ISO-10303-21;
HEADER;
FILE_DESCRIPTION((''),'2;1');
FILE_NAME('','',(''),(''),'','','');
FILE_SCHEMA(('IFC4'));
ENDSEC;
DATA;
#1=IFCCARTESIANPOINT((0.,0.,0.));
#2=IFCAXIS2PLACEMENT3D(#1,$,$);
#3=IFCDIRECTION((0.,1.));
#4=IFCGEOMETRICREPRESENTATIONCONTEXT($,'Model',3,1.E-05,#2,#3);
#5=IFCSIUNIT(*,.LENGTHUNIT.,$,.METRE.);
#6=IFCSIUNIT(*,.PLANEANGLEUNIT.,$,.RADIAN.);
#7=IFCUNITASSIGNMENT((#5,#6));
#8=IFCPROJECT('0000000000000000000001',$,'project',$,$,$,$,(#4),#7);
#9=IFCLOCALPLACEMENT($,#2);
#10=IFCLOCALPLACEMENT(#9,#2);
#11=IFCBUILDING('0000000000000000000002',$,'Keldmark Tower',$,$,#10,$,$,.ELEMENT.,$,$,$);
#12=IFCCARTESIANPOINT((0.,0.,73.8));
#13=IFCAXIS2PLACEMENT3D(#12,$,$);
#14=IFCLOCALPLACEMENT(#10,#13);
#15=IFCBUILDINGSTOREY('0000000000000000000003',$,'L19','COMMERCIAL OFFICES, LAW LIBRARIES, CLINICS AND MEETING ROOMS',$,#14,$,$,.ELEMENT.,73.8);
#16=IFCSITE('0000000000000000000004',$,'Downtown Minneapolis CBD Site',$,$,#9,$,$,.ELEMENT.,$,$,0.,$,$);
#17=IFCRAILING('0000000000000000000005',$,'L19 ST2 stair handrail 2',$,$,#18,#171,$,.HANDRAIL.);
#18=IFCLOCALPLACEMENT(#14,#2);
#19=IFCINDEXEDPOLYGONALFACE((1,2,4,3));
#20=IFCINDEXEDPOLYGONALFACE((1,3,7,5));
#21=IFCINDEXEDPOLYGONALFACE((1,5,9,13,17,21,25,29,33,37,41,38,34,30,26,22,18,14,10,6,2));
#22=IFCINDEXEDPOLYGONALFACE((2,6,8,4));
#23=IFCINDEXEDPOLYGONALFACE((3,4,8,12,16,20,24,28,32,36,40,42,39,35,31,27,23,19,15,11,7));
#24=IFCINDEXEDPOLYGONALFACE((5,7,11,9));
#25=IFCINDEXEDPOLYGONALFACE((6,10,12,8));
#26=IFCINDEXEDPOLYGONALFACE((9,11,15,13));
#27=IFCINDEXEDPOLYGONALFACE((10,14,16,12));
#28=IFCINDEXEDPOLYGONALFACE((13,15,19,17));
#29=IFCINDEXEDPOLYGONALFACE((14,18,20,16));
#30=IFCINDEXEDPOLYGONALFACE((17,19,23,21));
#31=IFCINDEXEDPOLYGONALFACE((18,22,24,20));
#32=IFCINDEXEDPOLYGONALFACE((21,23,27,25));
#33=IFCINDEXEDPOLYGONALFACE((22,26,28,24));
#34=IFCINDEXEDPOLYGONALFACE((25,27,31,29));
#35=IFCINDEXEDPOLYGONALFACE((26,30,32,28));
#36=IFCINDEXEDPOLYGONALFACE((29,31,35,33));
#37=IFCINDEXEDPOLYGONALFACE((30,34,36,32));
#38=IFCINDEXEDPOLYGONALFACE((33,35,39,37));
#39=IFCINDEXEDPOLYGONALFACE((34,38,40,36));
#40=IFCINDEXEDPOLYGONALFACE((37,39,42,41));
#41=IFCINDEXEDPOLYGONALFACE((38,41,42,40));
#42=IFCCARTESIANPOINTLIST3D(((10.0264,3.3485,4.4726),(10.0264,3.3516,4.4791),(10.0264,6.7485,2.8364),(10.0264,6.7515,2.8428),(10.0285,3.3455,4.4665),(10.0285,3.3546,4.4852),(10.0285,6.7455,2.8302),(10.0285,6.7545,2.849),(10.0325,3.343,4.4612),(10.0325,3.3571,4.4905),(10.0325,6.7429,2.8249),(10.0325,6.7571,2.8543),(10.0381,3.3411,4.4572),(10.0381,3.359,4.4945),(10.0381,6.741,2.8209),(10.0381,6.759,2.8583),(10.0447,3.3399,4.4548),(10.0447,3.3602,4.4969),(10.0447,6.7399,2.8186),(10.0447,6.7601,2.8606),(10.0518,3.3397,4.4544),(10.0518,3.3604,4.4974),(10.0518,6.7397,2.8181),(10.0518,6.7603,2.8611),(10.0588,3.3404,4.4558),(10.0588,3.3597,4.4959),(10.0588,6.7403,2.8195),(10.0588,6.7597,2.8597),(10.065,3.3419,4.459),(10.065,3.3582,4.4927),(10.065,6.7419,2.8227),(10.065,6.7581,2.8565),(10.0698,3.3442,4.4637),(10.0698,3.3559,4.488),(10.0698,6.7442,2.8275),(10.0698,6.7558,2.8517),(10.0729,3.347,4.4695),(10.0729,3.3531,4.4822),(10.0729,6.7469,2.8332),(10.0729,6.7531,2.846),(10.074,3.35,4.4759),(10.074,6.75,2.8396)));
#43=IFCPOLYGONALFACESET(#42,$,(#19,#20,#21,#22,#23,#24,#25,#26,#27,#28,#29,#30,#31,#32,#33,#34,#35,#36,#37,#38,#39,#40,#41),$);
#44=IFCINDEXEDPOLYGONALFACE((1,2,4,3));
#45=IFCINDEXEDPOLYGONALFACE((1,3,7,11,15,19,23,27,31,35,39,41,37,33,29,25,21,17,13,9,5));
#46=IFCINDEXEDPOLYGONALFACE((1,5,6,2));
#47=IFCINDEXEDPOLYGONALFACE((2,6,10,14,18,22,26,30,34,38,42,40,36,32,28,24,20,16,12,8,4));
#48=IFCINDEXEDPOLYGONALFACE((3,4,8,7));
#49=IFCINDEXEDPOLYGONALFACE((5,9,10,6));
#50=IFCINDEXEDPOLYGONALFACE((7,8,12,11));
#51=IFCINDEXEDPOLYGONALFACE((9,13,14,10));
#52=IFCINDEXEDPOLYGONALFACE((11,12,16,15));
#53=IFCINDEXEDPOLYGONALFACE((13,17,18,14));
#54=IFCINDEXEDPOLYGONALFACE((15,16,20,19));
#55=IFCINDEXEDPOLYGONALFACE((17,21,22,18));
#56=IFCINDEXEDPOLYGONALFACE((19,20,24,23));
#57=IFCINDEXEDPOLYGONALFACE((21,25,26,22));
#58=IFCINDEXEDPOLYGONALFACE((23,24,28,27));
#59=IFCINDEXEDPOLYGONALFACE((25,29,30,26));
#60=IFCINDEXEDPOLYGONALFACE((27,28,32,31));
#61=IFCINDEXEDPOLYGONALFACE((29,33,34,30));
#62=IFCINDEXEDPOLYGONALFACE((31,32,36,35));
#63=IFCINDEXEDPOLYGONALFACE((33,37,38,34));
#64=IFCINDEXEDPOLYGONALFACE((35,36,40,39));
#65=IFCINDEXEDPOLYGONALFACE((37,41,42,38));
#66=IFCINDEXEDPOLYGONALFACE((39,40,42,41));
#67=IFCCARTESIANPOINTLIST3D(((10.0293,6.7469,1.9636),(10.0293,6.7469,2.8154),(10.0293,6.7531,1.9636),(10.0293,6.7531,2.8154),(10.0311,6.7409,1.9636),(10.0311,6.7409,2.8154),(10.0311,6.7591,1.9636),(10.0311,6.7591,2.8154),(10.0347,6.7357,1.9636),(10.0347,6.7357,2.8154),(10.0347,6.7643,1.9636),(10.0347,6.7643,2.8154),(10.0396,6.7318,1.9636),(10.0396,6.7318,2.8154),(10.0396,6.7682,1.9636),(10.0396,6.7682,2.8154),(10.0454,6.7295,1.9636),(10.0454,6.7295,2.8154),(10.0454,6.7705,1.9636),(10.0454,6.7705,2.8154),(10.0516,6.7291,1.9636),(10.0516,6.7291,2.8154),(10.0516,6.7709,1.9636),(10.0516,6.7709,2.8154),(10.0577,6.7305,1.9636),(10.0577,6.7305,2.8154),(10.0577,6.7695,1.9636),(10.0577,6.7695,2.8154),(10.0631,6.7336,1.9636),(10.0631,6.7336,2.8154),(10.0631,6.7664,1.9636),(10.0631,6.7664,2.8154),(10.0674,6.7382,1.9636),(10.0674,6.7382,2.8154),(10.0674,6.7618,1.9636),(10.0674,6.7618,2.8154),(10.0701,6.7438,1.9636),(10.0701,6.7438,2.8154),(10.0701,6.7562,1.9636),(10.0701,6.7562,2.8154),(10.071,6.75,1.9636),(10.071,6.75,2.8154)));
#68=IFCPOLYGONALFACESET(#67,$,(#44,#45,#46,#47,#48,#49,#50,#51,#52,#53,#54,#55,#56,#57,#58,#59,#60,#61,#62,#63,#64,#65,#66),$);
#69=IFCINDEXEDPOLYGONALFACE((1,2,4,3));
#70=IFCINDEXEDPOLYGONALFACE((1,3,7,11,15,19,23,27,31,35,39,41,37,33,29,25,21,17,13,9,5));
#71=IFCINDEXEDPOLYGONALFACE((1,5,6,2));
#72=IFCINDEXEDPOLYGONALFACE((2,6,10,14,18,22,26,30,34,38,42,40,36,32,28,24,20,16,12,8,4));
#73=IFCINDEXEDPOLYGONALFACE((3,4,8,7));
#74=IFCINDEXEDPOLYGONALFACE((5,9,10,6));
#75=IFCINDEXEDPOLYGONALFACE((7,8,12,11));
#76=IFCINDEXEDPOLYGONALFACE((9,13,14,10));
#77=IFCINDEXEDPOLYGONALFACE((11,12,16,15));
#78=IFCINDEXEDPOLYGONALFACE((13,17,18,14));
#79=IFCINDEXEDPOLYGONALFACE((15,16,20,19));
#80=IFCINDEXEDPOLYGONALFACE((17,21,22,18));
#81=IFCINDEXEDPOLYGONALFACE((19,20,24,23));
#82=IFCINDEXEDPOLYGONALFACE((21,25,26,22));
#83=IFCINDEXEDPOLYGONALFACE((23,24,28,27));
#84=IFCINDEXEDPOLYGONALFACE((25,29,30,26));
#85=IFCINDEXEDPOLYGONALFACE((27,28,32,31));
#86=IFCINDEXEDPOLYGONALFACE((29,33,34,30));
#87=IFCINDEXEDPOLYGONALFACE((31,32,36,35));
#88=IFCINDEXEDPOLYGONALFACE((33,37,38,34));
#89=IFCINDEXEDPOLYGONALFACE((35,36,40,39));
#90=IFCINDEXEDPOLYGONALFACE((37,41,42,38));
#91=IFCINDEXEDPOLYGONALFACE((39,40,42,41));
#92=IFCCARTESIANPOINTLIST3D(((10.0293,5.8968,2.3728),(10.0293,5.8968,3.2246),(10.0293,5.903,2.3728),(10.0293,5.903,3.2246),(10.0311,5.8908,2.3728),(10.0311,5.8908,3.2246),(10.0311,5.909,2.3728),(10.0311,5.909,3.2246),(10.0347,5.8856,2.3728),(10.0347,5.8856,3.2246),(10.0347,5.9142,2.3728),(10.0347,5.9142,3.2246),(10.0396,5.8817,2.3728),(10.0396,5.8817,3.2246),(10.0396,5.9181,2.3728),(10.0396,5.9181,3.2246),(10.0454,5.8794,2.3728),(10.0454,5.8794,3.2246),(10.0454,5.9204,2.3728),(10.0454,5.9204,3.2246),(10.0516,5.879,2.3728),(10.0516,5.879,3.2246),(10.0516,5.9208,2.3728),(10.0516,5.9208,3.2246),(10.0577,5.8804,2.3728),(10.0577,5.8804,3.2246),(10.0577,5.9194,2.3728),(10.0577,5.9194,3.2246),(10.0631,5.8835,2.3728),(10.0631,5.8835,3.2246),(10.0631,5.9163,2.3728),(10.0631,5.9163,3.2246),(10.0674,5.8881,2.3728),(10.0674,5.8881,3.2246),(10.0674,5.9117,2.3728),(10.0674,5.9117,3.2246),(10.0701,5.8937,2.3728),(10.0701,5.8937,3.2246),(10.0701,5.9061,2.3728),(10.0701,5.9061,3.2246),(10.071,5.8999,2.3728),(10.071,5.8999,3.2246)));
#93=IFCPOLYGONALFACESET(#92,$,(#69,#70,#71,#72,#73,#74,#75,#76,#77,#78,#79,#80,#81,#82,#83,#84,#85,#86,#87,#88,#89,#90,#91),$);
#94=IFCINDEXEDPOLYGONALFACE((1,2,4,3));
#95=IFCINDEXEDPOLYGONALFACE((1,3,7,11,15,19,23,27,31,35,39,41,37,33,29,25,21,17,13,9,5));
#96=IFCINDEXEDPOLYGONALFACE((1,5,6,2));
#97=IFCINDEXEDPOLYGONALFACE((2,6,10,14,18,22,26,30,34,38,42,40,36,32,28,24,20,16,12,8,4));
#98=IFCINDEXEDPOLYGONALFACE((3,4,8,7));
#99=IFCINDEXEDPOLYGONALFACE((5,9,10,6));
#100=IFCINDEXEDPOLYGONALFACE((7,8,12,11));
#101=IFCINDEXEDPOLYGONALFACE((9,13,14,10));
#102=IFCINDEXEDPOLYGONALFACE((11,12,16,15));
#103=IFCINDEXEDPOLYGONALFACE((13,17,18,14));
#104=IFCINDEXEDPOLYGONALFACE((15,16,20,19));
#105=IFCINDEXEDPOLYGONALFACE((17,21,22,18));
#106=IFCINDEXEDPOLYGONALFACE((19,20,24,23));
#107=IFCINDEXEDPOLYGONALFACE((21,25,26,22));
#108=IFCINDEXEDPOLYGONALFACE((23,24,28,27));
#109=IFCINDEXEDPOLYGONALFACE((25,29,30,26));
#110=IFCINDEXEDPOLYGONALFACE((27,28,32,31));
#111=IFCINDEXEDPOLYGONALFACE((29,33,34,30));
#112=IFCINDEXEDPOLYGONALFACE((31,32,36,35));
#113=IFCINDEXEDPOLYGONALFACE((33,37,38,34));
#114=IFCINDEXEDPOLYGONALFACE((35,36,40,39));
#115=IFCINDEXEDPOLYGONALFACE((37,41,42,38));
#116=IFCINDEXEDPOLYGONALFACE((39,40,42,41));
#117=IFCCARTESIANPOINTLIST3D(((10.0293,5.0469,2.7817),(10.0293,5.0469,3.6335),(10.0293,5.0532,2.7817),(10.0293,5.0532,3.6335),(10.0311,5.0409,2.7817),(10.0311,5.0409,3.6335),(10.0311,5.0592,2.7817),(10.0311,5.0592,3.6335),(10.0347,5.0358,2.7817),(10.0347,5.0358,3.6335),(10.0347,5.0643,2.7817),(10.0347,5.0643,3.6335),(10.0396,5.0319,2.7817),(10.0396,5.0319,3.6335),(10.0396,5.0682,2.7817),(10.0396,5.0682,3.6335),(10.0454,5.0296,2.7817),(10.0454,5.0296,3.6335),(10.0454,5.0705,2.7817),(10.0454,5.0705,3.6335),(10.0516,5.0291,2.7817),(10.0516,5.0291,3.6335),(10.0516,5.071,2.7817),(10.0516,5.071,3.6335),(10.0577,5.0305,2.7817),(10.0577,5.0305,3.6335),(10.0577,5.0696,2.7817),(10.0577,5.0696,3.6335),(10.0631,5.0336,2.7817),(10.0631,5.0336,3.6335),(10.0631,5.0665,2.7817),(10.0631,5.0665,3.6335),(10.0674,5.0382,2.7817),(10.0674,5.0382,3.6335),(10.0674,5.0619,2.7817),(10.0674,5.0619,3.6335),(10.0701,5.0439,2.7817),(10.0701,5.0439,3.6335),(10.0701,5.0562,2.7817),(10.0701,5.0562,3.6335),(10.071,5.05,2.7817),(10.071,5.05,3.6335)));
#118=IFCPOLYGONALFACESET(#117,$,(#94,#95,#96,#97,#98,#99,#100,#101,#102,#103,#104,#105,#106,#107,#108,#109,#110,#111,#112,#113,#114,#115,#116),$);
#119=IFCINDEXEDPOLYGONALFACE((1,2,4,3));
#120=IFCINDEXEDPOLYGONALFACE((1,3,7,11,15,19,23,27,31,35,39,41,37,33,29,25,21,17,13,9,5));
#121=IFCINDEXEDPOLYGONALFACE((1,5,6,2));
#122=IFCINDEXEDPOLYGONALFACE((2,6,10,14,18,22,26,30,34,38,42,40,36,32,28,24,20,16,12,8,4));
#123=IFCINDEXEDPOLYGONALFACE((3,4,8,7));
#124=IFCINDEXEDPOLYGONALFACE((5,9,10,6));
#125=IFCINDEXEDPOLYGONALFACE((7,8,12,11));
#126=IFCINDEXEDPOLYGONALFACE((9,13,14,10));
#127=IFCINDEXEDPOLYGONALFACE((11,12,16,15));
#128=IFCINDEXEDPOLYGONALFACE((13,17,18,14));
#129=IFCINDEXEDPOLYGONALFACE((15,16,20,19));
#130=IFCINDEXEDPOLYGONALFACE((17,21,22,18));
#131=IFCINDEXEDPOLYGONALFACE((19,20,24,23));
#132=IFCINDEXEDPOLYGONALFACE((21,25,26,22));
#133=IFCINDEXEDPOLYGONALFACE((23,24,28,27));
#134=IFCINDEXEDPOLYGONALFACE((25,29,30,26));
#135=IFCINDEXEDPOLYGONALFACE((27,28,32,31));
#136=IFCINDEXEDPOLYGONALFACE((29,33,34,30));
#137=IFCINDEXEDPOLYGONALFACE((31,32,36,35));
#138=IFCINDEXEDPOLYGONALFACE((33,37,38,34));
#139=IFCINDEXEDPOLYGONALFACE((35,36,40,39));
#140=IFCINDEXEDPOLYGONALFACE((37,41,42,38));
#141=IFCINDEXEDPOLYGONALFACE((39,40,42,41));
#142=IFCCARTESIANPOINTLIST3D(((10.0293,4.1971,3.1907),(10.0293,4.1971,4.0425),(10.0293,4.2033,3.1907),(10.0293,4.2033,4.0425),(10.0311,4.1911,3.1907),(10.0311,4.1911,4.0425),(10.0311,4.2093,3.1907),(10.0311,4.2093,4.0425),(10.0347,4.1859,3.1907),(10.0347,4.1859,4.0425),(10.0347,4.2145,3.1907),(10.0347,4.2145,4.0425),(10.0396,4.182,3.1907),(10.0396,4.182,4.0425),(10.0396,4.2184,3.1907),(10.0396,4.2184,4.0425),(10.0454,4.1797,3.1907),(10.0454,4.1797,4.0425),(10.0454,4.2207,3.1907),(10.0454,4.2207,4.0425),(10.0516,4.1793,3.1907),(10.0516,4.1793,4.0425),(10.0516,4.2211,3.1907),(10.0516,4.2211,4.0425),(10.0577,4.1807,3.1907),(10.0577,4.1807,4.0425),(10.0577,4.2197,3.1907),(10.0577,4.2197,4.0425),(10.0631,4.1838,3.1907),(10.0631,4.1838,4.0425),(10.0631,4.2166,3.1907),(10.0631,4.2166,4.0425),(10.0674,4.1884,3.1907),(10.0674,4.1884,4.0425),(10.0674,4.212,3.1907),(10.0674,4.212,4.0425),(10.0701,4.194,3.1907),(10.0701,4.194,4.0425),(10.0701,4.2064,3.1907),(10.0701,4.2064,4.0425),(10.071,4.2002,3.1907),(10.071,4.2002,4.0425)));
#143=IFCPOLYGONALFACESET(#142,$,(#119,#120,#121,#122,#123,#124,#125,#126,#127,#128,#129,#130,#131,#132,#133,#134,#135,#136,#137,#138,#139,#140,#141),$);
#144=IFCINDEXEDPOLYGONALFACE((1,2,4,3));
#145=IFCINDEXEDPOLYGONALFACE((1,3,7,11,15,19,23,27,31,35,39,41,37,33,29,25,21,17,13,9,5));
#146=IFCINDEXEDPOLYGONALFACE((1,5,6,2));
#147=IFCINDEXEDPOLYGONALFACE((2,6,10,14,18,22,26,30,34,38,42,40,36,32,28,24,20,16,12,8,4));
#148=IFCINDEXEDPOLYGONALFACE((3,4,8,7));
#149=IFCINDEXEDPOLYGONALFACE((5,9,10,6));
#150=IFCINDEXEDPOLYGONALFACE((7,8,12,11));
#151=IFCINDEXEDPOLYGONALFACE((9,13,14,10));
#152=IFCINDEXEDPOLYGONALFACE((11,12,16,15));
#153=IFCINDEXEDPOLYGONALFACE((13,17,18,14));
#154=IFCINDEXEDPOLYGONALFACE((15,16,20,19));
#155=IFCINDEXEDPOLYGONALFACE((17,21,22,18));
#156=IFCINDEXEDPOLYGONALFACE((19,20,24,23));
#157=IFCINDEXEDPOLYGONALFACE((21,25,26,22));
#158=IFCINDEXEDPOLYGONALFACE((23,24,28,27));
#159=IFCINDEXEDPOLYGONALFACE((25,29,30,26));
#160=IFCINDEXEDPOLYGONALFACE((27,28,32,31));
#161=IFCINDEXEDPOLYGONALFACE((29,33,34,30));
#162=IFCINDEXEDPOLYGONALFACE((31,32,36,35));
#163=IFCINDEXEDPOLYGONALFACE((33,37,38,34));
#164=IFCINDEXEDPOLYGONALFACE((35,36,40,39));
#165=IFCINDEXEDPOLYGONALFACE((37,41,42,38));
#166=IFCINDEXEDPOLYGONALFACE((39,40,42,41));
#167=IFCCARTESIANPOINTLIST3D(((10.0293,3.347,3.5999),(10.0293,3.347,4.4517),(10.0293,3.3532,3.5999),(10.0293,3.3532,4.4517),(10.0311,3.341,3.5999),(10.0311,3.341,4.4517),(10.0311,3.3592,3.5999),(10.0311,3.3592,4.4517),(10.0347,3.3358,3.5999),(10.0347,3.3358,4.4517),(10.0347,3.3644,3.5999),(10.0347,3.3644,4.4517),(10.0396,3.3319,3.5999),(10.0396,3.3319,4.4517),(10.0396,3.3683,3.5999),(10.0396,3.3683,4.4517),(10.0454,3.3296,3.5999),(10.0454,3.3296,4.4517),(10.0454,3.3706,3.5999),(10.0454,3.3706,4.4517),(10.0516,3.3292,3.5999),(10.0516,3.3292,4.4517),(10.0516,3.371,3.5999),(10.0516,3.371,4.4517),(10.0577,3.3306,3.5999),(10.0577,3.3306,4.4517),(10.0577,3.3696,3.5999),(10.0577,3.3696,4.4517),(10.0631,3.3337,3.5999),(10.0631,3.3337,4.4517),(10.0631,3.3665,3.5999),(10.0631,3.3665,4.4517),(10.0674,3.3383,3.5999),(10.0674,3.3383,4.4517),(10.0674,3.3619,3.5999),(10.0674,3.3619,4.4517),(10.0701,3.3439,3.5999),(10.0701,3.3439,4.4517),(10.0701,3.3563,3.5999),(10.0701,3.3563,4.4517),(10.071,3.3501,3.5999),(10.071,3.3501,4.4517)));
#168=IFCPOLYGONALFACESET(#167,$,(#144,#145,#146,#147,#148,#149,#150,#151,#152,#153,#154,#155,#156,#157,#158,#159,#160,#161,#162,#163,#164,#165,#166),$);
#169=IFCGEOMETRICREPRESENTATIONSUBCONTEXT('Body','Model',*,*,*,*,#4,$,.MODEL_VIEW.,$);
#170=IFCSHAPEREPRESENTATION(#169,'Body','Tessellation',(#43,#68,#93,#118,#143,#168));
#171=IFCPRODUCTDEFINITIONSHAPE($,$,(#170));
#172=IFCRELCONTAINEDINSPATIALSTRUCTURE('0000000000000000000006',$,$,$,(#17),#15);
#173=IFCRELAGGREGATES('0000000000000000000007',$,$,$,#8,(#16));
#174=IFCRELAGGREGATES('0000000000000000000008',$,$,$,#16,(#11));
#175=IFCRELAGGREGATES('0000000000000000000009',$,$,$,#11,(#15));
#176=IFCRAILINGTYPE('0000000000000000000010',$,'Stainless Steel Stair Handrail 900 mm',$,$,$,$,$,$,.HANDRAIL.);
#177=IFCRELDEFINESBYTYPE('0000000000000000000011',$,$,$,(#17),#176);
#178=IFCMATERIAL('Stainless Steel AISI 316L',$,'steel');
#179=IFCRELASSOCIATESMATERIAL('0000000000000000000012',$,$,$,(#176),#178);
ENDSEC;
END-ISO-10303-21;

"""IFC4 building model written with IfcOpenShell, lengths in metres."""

from ifc_helpers import new_model, si_unit, direction, frame, origin, origin_2d, place, context, subcontext, project, spatial, circle, extrude, material, type_object, element, save


model = new_model("IFC4")

# Units and contexts
model_context = context("Model", 3, precision=1e-05, world=origin(), true_north=direction((0.0, 1.0)))
body_context = subcontext(model_context, "Body", "Model", "MODEL_VIEW")
ifc_project = project(units=[si_unit("LENGTHUNIT", "METRE"), si_unit("PLANEANGLEUNIT", "RADIAN")], contexts=[model_context])

# Site, building, storey
site_placement = place(None, origin())
site = spatial("IfcSite", under=ifc_project, at=site_placement, Name="Downtown Minneapolis CBD Site", CompositionType="ELEMENT", RefElevation=0.0)
building_placement = place(site_placement, origin())
building = spatial("IfcBuilding", under=site, at=building_placement, Name="Keldmark Tower", CompositionType="ELEMENT")
storey_placement = place(building_placement, frame((0.0, 0.0, 73.8)))
storey = spatial("IfcBuildingStorey", under=building, at=storey_placement, Name="L19", Description="COMMERCIAL OFFICES, LAW LIBRARIES, CLINICS AND MEETING ROOMS", CompositionType="ELEMENT", Elevation=73.8)

# Railing
ifc_material_1 = material(Name="Stainless Steel AISI 316L", Category="steel")
railing_type_1 = type_object("IfcRailingType", Name="Stainless Steel Stair Handrail 900 mm", PredefinedType="HANDRAIL", material=ifc_material_1)
railing_1_placement = place(storey_placement, frame((10.05, 6.75, 1.9636)))
element("IfcRailing", 1, at=railing_1_placement, inside=storey, type_object=railing_type_1, Name="L19 ST2 stair handrail 2", PredefinedType="HANDRAIL", context=body_context, shape_type="SweptSolid", body=[
    extrude(circle(Radius=0.0239, at=origin_2d()), frame((0.0, 0.0, 0.876), z_axis=(0.0, -0.90108, 0.433652), x_axis=(1.0, 0.0, 0.0)), (0.0, 0.0, 1.0), 3.7732),
    extrude(circle(Radius=0.021, at=origin_2d()), origin(), (0.0, 0.0, 1.0), 0.8518),
    extrude(circle(Radius=0.021, at=origin_2d()), frame((0.0, -0.8501, 0.4092)), (0.0, 0.0, 1.0), 0.8518),
    extrude(circle(Radius=0.021, at=origin_2d()), frame((0.0, -1.7, 0.8181)), (0.0, 0.0, 1.0), 0.8518),
    extrude(circle(Radius=0.021, at=origin_2d()), frame((0.0, -2.5498, 1.2271)), (0.0, 0.0, 1.0), 0.8518),
    extrude(circle(Radius=0.021, at=origin_2d()), frame((0.0, -3.3999, 1.6362)), (0.0, 0.0, 1.0), 0.8518),
])

save(model, "model.ifc")
